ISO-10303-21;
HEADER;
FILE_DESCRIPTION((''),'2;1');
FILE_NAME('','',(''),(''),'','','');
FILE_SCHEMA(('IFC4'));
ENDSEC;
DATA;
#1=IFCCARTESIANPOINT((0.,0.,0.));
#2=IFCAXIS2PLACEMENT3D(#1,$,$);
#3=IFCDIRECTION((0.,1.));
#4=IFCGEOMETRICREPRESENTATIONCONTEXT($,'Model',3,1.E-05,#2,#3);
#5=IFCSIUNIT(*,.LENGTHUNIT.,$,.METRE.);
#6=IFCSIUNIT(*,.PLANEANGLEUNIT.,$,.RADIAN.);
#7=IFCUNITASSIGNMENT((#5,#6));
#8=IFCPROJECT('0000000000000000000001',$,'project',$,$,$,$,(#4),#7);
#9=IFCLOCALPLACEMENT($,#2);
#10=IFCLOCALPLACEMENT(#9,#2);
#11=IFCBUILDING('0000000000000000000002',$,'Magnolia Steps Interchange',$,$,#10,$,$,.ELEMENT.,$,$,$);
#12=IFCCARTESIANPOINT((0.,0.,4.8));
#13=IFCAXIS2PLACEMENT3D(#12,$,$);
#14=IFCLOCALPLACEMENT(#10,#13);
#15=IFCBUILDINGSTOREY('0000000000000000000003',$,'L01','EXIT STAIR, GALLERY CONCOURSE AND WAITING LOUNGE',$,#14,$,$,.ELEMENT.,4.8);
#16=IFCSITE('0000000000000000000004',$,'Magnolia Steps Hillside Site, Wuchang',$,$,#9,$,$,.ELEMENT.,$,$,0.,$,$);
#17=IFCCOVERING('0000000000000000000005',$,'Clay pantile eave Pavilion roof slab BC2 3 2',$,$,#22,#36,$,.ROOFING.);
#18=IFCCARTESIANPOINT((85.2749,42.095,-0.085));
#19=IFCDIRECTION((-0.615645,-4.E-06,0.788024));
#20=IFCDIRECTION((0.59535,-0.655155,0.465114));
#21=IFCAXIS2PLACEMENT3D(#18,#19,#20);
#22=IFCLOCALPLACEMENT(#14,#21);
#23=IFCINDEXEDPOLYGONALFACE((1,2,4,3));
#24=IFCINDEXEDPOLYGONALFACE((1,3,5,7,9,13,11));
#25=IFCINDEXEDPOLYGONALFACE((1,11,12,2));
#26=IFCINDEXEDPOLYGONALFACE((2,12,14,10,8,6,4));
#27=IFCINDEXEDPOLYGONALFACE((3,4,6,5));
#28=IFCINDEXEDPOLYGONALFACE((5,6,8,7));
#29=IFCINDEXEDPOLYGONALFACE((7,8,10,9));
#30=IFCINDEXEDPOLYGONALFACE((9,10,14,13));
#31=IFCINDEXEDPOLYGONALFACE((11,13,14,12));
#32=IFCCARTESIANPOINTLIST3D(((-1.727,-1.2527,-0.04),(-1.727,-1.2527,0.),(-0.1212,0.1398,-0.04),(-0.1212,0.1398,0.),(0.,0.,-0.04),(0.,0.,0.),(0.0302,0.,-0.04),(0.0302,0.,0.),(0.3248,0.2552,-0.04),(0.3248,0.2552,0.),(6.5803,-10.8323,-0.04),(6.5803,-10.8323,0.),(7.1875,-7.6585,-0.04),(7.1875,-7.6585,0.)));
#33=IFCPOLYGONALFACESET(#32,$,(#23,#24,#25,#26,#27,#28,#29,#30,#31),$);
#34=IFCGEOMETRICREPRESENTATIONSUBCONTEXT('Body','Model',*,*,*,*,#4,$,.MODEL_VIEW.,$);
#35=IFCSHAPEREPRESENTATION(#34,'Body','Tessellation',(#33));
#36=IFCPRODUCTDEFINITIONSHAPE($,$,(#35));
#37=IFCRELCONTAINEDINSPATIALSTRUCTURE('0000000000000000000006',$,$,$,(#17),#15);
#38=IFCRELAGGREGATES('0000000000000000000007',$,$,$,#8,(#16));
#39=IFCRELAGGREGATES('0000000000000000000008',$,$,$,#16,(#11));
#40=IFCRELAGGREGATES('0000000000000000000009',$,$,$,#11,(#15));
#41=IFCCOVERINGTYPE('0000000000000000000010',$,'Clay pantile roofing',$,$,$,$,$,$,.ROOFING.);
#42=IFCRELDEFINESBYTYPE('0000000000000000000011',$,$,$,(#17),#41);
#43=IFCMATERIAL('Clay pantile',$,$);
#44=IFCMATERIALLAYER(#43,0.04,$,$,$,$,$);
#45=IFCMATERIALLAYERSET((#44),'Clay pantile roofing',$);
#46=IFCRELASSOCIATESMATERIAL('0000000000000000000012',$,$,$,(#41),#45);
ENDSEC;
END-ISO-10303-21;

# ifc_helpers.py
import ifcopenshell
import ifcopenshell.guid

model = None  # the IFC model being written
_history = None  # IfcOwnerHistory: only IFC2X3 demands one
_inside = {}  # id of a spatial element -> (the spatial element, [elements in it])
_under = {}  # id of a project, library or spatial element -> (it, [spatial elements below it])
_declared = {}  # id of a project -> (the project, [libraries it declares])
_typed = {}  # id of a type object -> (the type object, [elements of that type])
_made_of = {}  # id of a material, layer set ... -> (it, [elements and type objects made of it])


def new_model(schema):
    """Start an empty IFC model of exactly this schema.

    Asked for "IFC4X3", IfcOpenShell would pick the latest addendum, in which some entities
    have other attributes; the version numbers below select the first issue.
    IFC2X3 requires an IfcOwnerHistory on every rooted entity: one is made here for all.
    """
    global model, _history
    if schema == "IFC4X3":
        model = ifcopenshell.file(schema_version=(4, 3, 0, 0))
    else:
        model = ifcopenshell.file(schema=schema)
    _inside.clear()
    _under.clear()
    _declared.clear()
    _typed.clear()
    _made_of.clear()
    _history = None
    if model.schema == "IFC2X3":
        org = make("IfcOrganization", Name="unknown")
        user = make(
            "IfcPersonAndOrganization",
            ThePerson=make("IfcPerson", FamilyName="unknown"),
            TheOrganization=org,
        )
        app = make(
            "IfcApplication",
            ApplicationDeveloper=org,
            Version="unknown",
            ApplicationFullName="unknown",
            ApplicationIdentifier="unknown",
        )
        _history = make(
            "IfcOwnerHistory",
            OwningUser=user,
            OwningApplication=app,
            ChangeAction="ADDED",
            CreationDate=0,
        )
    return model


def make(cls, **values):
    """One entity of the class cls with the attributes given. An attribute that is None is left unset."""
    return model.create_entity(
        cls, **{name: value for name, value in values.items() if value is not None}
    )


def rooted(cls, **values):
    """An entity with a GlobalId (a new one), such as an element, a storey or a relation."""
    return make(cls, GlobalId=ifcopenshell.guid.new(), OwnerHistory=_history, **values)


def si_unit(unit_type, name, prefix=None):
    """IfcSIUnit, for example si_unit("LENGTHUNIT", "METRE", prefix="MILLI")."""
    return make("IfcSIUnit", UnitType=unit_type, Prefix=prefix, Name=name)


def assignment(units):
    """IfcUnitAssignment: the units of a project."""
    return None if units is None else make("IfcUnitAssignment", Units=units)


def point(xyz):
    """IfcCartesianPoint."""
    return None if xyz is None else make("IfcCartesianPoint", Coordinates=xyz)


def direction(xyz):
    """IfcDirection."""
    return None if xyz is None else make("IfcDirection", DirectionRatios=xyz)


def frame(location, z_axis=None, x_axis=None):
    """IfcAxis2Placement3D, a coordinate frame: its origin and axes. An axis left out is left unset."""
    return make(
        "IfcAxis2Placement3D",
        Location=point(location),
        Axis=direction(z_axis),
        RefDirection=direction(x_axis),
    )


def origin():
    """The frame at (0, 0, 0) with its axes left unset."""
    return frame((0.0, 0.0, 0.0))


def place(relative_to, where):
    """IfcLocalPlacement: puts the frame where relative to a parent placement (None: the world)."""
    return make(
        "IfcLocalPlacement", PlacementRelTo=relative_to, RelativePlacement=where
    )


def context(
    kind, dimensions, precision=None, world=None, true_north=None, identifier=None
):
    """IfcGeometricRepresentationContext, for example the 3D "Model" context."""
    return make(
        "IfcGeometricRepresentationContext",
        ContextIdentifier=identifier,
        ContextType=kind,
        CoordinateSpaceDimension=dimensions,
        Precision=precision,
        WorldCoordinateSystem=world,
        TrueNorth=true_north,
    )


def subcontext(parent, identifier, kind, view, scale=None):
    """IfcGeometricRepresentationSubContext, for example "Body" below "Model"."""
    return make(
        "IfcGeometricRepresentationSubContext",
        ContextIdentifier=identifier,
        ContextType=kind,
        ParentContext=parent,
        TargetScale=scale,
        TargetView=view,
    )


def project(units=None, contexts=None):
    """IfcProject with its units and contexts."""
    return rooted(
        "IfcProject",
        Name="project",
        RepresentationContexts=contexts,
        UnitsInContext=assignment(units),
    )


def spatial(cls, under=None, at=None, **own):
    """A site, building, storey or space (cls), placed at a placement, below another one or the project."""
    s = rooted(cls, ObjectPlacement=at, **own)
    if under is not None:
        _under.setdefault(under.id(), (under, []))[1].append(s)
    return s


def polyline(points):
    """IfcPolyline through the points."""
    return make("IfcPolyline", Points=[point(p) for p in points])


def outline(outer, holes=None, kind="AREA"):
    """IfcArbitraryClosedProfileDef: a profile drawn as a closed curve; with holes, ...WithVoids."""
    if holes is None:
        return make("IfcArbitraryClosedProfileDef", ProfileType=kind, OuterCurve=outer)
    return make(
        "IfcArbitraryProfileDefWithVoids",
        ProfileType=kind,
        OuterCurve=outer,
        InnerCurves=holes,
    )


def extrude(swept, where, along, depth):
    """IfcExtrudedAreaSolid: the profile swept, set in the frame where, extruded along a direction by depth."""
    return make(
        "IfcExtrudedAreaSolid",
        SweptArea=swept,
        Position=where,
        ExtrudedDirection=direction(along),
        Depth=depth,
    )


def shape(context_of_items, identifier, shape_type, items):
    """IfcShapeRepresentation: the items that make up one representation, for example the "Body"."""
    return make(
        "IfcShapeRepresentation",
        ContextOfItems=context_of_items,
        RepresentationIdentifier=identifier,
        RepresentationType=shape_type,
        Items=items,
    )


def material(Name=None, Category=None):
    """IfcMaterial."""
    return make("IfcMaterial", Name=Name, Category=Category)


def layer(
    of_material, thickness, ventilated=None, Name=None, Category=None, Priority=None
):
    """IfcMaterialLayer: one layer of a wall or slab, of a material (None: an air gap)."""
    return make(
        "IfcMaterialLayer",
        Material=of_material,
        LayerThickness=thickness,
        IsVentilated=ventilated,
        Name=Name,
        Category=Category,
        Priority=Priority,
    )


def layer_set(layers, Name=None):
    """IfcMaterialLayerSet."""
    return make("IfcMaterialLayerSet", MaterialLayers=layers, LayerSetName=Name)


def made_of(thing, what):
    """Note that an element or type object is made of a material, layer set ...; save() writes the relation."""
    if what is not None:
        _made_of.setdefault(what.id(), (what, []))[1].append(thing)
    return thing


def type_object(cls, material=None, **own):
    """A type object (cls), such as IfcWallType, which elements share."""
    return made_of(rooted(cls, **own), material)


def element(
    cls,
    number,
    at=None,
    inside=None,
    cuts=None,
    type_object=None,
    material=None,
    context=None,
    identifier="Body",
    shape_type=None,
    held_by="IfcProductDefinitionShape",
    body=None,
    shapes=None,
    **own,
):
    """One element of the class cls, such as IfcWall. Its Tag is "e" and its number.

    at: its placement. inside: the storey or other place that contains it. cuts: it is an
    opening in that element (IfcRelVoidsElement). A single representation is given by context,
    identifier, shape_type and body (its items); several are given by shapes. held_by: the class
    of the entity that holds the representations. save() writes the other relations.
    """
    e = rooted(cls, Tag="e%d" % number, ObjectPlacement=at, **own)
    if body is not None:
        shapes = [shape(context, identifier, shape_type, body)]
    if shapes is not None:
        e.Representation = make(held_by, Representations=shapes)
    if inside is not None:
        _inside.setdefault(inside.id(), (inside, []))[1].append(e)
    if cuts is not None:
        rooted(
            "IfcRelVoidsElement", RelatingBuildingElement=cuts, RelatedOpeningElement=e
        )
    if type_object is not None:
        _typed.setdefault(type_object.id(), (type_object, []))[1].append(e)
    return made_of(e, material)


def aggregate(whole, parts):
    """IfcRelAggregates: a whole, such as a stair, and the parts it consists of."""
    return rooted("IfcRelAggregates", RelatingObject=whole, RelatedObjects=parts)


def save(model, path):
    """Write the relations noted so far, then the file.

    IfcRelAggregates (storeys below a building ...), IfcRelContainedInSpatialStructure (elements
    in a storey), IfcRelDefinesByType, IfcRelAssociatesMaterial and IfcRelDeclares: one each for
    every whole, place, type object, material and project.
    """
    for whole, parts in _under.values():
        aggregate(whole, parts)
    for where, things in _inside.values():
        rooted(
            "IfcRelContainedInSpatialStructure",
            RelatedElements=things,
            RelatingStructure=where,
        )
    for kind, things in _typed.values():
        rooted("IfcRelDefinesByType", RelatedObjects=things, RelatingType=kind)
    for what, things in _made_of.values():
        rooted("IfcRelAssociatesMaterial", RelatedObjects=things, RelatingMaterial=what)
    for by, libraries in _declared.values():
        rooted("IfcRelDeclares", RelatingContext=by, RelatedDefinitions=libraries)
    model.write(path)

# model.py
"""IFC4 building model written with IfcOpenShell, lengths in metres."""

from ifc_helpers import new_model, si_unit, direction, frame, origin, place, context, subcontext, project, spatial, polyline, outline, extrude, material, layer, layer_set, type_object, element, save


model = new_model("IFC4")

# Units and contexts
model_context = context("Model", 3, precision=1e-05, world=origin(), true_north=direction((0.0, 1.0)))
body_context = subcontext(model_context, "Body", "Model", "MODEL_VIEW")
ifc_project = project(units=[si_unit("LENGTHUNIT", "METRE"), si_unit("PLANEANGLEUNIT", "RADIAN")], contexts=[model_context])

# Site, building, storey
site_placement = place(None, origin())
site = spatial("IfcSite", under=ifc_project, at=site_placement, Name="Magnolia Steps Hillside Site, Wuchang", CompositionType="ELEMENT", RefElevation=0.0)
building_placement = place(site_placement, origin())
building = spatial("IfcBuilding", under=site, at=building_placement, Name="Magnolia Steps Interchange", CompositionType="ELEMENT")
storey_placement = place(building_placement, frame((0.0, 0.0, 4.8)))
storey = spatial("IfcBuildingStorey", under=building, at=storey_placement, Name="L01", Description="EXIT STAIR, GALLERY CONCOURSE AND WAITING LOUNGE", CompositionType="ELEMENT", Elevation=4.8)

# Covering
ifc_material_1 = material(Name="Clay pantile")
ifc_layer_1 = layer(ifc_material_1, 0.04)
ifc_layer_set_1 = layer_set([ifc_layer_1], Name="Clay pantile roofing")
covering_type = type_object("IfcCoveringType", Name="Clay pantile roofing", PredefinedType="ROOFING", material=ifc_layer_set_1)
covering_1_placement = place(storey_placement, frame((85.2749, 42.095, -0.085), z_axis=(-0.615645, -0.000004, 0.788024), x_axis=(0.59535, -0.655155, 0.465114)))
element("IfcCovering", 1, at=covering_1_placement, inside=storey, type_object=covering_type, Name="Clay pantile eave Pavilion roof slab BC2 3 2", PredefinedType="ROOFING", context=body_context, shape_type="SweptSolid", body=[
    extrude(outline(polyline([(0.0, 0.0), (0.0302, 0.0), (0.3248, 0.2552), (7.1875, -7.6585), (6.5803, -10.8323), (-1.727, -1.2527), (-0.1212, 0.1398), (0.0, 0.0)])), origin(), (0.0, 0.0, -1.0), 0.04),
])

save(model, "model.ifc")
